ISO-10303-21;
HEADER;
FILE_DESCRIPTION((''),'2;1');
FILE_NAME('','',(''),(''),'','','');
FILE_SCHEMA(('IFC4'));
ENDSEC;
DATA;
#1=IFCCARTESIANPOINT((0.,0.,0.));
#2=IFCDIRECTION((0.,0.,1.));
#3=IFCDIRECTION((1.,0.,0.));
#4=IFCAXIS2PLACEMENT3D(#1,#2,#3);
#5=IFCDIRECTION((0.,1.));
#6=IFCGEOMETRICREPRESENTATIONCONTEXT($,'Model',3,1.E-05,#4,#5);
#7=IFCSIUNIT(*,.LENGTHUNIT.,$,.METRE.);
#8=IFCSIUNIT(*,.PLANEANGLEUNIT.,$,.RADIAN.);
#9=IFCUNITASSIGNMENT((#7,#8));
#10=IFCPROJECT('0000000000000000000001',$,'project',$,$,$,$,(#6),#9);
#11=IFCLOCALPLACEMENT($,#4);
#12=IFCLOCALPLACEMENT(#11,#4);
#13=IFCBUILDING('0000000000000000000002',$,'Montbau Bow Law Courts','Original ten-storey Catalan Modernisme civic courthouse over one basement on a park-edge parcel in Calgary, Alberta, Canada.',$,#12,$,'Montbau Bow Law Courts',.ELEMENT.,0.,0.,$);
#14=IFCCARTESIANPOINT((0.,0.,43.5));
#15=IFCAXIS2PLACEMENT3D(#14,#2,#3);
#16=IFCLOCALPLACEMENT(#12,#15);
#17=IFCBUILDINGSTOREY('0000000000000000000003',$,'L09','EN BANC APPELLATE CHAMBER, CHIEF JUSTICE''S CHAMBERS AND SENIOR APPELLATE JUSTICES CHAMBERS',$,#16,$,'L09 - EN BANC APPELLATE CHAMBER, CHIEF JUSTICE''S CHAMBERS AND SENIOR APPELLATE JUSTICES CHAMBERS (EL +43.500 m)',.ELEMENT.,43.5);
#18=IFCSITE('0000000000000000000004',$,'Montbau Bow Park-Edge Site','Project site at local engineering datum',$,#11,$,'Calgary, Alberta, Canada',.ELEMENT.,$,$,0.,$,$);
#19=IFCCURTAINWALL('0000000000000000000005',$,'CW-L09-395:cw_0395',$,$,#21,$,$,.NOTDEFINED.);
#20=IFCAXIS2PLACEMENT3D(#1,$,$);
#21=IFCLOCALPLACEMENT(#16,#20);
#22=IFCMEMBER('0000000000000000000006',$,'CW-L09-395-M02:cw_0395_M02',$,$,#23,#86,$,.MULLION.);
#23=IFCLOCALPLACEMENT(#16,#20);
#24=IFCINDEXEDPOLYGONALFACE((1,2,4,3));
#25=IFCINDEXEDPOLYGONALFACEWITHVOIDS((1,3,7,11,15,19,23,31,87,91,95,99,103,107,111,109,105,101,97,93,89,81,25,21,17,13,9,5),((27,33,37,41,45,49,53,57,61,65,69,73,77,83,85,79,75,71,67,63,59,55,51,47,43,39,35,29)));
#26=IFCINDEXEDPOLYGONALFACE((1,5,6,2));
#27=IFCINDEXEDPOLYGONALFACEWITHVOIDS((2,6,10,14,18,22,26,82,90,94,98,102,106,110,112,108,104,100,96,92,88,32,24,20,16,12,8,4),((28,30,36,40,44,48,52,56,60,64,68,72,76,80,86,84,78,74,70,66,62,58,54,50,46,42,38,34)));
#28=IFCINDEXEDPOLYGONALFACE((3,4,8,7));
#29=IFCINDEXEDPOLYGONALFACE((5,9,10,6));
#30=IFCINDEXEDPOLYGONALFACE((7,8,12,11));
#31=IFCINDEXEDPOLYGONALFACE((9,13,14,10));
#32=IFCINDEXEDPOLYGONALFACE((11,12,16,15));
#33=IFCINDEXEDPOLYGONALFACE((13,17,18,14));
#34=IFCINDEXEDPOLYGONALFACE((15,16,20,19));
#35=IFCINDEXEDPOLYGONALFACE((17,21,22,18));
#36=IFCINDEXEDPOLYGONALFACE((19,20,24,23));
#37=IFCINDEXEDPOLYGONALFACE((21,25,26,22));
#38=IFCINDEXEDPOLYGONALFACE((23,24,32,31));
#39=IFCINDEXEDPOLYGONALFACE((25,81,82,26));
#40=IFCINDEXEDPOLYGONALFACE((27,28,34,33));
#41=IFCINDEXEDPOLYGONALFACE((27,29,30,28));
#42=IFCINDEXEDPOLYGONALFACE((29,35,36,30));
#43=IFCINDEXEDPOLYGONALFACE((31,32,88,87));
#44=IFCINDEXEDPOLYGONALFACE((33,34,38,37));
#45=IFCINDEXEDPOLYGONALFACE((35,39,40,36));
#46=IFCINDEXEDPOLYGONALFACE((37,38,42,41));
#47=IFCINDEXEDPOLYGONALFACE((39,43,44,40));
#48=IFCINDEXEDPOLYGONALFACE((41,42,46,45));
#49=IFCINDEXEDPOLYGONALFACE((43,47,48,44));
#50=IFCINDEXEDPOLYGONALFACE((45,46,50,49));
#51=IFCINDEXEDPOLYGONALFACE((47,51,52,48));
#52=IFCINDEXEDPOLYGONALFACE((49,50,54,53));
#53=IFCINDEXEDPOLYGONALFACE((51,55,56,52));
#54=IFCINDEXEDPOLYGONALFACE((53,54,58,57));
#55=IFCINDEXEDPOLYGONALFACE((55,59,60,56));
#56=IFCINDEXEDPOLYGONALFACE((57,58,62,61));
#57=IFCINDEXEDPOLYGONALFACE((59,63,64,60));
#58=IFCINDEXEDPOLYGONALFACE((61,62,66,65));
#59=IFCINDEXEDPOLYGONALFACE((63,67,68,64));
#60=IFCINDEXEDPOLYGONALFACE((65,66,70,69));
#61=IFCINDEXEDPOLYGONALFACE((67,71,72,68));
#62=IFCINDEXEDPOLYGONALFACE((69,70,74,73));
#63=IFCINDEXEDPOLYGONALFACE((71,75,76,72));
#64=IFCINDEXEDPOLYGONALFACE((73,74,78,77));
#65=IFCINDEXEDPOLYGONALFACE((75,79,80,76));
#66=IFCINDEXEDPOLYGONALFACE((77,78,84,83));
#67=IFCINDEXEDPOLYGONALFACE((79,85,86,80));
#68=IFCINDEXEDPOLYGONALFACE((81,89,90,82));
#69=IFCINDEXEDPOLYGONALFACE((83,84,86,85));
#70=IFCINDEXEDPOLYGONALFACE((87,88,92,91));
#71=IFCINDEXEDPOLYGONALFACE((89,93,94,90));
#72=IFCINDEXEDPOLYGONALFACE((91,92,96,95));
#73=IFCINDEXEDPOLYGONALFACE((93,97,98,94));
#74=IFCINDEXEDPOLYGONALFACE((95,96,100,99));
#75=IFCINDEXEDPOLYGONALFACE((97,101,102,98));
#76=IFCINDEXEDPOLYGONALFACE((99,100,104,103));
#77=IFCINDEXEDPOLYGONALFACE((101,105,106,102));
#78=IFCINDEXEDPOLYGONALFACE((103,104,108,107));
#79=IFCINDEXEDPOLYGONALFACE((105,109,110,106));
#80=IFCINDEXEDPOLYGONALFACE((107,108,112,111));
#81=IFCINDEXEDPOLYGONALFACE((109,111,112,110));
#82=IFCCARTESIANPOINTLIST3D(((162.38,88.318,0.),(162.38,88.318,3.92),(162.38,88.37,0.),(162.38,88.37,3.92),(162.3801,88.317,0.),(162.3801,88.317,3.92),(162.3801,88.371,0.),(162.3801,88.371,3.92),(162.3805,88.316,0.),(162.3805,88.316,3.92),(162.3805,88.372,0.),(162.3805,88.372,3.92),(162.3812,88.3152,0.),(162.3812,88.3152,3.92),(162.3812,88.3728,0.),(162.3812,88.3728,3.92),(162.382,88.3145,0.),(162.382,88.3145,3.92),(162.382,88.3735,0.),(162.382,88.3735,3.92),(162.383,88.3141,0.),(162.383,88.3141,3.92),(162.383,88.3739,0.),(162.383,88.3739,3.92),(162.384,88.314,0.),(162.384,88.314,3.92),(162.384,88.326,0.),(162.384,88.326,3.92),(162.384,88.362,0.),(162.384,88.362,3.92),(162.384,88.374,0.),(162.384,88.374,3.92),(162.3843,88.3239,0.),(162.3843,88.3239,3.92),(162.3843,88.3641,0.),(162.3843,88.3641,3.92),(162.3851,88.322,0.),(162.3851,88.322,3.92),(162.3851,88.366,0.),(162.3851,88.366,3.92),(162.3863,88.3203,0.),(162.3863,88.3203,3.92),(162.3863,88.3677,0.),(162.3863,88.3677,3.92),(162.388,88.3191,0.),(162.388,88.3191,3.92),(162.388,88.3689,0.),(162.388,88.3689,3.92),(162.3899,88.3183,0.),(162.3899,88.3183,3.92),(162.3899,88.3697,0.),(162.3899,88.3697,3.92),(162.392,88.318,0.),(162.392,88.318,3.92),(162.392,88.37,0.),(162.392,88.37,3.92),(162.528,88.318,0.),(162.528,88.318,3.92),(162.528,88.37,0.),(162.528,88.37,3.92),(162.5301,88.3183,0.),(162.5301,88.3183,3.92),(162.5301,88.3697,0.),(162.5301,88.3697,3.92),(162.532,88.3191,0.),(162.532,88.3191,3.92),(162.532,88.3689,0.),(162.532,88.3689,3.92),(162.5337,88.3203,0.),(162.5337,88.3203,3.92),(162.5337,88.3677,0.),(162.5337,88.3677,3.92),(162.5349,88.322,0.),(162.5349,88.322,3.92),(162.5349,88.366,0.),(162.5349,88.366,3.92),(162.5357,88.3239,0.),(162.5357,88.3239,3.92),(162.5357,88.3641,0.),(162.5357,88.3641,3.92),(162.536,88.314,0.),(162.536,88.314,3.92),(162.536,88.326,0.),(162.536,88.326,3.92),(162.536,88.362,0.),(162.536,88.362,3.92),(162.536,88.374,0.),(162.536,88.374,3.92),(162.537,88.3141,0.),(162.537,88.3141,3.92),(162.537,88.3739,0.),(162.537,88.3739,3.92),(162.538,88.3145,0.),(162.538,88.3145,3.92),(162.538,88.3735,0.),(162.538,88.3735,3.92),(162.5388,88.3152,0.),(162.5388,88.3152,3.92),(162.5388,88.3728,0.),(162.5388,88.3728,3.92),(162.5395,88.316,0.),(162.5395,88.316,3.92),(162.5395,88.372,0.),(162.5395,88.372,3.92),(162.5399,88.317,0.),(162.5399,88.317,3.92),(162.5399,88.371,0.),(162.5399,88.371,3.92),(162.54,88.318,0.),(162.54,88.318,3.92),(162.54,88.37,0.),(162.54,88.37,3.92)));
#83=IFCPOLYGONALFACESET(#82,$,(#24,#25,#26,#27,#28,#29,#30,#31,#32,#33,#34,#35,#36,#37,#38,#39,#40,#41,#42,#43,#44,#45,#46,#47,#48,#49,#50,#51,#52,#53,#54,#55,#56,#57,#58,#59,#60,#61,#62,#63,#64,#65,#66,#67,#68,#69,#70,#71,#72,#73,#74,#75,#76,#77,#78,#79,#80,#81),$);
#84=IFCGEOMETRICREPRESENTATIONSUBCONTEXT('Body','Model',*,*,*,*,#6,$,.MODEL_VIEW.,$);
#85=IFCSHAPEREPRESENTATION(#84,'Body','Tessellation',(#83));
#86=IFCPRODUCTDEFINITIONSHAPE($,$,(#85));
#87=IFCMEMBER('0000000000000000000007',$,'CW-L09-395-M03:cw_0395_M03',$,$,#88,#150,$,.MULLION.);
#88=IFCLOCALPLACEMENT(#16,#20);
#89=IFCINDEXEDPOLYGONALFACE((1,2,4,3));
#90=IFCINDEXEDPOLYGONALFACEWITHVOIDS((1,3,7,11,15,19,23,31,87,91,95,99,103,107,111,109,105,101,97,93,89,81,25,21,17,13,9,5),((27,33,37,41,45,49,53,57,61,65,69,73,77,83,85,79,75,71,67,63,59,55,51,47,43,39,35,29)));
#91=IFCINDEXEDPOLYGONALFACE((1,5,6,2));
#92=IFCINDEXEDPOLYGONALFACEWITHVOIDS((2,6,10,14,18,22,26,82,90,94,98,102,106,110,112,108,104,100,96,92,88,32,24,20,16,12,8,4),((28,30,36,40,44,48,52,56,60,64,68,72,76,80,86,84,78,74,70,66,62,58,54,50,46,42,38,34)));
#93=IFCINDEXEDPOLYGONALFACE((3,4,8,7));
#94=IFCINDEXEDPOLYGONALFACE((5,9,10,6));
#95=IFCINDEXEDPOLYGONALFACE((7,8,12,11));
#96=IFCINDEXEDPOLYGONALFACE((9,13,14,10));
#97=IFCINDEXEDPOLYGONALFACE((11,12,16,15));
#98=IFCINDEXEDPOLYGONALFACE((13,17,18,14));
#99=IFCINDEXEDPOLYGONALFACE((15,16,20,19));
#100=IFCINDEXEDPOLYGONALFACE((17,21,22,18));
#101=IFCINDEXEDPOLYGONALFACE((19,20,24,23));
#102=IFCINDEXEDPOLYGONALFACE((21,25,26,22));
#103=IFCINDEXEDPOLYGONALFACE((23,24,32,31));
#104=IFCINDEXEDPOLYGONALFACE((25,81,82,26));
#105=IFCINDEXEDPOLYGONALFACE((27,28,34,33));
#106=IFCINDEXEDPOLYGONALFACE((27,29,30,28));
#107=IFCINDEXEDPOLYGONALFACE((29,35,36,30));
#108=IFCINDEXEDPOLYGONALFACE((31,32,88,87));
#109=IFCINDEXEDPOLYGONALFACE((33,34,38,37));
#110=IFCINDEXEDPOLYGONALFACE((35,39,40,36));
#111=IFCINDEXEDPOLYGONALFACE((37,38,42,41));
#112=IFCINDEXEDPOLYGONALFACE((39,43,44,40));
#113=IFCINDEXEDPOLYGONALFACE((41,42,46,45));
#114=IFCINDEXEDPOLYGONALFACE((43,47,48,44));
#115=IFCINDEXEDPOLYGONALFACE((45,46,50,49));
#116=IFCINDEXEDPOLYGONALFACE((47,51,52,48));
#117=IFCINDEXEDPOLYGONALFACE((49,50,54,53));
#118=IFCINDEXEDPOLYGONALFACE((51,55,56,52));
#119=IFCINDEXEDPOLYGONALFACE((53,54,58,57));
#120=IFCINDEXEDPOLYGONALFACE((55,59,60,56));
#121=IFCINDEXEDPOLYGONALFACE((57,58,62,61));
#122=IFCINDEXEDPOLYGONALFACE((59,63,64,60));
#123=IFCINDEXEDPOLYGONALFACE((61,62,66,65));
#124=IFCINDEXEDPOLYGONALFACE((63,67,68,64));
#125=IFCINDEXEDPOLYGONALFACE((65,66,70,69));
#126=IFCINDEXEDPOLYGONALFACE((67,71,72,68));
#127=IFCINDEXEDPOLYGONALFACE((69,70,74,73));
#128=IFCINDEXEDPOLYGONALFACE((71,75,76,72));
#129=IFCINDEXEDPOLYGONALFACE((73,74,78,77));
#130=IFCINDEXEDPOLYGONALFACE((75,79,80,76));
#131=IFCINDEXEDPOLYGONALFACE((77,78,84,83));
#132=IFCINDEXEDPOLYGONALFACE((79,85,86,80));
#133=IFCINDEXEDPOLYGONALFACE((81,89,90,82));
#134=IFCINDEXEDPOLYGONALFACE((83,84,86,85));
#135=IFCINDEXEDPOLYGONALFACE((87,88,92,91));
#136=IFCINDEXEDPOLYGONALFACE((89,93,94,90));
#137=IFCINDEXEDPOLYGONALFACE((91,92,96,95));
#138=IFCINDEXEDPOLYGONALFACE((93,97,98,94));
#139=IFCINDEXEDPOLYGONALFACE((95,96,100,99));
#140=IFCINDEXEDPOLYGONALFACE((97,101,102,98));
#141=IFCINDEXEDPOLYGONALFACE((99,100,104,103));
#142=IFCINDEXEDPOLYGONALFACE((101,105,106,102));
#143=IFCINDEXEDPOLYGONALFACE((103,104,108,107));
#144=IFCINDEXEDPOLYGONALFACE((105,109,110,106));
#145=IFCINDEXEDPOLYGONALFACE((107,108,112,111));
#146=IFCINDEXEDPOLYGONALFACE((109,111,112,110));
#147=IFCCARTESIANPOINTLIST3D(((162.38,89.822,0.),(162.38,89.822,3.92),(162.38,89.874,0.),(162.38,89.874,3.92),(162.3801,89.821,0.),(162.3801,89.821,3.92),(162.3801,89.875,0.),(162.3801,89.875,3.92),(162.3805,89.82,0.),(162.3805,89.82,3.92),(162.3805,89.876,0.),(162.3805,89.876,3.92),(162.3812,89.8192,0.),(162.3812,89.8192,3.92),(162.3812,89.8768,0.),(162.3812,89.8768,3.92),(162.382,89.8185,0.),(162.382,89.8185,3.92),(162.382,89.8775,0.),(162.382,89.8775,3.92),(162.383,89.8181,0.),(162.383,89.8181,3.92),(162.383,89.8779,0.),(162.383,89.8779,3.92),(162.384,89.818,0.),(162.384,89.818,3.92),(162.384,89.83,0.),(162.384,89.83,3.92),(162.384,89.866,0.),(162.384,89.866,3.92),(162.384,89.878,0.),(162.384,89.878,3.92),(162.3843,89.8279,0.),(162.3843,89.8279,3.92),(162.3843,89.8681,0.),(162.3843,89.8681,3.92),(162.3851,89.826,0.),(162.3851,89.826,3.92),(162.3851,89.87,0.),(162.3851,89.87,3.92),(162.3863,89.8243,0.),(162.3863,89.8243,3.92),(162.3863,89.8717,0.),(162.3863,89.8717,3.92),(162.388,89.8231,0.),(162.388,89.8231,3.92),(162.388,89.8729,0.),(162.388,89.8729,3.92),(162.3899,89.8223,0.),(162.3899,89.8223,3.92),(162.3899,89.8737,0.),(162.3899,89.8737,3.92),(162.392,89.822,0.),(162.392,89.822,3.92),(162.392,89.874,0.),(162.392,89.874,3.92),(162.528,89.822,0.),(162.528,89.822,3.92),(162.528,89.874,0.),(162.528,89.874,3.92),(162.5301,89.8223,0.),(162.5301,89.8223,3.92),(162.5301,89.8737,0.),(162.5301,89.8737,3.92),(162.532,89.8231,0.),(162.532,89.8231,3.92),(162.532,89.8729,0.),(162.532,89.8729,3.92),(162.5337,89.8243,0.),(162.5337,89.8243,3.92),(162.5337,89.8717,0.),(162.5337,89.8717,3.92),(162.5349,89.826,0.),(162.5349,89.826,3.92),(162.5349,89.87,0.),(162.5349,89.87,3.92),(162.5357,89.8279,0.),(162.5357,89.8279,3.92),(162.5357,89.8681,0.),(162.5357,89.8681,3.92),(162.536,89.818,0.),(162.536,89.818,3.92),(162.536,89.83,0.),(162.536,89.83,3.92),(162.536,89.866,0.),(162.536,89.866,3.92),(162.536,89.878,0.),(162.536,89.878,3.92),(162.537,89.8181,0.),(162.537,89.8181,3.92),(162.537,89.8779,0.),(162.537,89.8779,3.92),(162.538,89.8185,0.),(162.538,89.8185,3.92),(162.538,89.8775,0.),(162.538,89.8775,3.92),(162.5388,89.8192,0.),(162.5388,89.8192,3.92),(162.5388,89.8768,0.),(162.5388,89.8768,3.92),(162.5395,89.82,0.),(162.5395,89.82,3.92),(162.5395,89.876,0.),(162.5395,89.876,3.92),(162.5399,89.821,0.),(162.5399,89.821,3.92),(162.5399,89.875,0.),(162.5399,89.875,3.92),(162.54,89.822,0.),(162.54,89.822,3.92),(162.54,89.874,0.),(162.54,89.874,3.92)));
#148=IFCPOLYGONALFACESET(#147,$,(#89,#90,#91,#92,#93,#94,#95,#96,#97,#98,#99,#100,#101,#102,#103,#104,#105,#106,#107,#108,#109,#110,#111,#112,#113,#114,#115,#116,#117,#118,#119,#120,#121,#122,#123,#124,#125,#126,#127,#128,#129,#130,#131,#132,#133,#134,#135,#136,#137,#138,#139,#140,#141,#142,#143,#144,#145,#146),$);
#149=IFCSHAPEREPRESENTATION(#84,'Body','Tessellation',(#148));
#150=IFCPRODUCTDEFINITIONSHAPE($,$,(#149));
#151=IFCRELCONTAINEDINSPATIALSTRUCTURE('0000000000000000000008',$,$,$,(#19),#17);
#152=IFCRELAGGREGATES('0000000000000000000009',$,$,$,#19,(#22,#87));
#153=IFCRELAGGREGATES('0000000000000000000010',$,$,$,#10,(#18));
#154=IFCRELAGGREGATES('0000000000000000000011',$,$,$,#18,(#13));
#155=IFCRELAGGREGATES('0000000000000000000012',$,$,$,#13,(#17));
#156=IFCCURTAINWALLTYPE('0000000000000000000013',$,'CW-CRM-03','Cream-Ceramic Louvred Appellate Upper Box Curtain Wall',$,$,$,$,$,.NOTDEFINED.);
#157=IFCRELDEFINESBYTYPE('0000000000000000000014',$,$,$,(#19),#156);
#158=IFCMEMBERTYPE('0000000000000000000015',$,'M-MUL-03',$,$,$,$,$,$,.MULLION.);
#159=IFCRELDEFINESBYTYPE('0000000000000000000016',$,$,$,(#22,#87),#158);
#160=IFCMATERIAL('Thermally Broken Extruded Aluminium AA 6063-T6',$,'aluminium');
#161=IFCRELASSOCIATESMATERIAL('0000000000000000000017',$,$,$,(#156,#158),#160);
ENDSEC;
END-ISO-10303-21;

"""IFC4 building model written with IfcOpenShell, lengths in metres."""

from ifc_helpers import new_model, si_unit, direction, frame, origin_with_axes, origin_2d_with_axis, place, context, subcontext, project, spatial, hollow_rectangle, extrude, material, material_profile, profile_set, type_object, element, aggregate, save


model = new_model("IFC4")

# Units and contexts
model_context = context("Model", 3, precision=1e-05, world=origin_with_axes(), true_north=direction((0.0, 1.0)))
body_context = subcontext(model_context, "Body", "Model", "MODEL_VIEW")
ifc_project = project(units=[si_unit("LENGTHUNIT", "METRE"), si_unit("PLANEANGLEUNIT", "RADIAN")], contexts=[model_context])

# Site, building, storey
site_placement = place(None, origin_with_axes())
site = spatial("IfcSite", under=ifc_project, at=site_placement, Name="Montbau Bow Park-Edge Site", Description="Project site at local engineering datum", LongName="Calgary, Alberta, Canada", CompositionType="ELEMENT", RefElevation=0.0)
building_placement = place(site_placement, origin_with_axes())
building = spatial("IfcBuilding", under=site, at=building_placement, Name="Montbau Bow Law Courts", Description="Original ten-storey Catalan Modernisme civic courthouse over one basement on a park-edge parcel in Calgary, Alberta, Canada.", LongName="Montbau Bow Law Courts", CompositionType="ELEMENT", ElevationOfRefHeight=0.0, ElevationOfTerrain=0.0)
storey_placement = place(building_placement, frame((0.0, 0.0, 43.5), z_axis=(0.0, 0.0, 1.0), x_axis=(1.0, 0.0, 0.0)))
storey = spatial("IfcBuildingStorey", under=building, at=storey_placement, Name="L09", Description="EN BANC APPELLATE CHAMBER, CHIEF JUSTICE'S CHAMBERS AND SENIOR APPELLATE JUSTICES CHAMBERS", LongName="L09 - EN BANC APPELLATE CHAMBER, CHIEF JUSTICE'S CHAMBERS AND SENIOR APPELLATE JUSTICES CHAMBERS (EL +43.500 m)", CompositionType="ELEMENT", Elevation=43.5)

# Curtain wall, members
ifc_material_1 = material(Name="Thermally Broken Extruded Aluminium AA 6063-T6", Category="aluminium")
curtain_wall_type = type_object("IfcCurtainWallType", Name="CW-CRM-03", Description="Cream-Ceramic Louvred Appellate Upper Box Curtain Wall", PredefinedType="NOTDEFINED", material=ifc_material_1)
curtain_wall_placement = place(None, frame((162.46, 86.84, 43.5), z_axis=(0.0, 0.0, 1.0), x_axis=(1.0, 0.0, 0.0)))
curtain_wall = element("IfcCurtainWall", 1, at=curtain_wall_placement, inside=storey, type_object=curtain_wall_type, Name="CW-L09-395:cw_0395", PredefinedType="NOTDEFINED")
ifc_material_profile_1 = material_profile(ifc_material_1, hollow_rectangle(XDim=0.06, YDim=0.16, WallThickness=0.004, InnerFilletRadius=0.008, OuterFilletRadius=0.004, at=origin_2d_with_axis()), Name="CWM-160X60", Category="Main", Priority=0)
ifc_profile_set_1 = profile_set([ifc_material_profile_1], Name="Thermally Broken Extruded Aluminium AA 6063-T6")
member_type_1 = type_object("IfcMemberType", Name="M-MUL-03", PredefinedType="MULLION", material=ifc_profile_set_1)
member_1_placement = place(None, frame((162.46, 88.344, 43.5), z_axis=(0.0, 0.0, 1.0), x_axis=(0.0, 1.0, 0.0)))
member_1 = element("IfcMember", 2, at=member_1_placement, type_object=member_type_1, Name="CW-L09-395-M02:cw_0395_M02", PredefinedType="MULLION", context=body_context, shape_type="SweptSolid", body=[
    extrude(hollow_rectangle(XDim=0.06, YDim=0.16, WallThickness=0.004, InnerFilletRadius=0.008, OuterFilletRadius=0.004, at=origin_2d_with_axis()), origin_with_axes(), (0.0, 0.0, 1.0), 3.92),
])
member_2_placement = place(None, frame((162.46, 89.848, 43.5), z_axis=(0.0, 0.0, 1.0), x_axis=(0.0, 1.0, 0.0)))
member_2 = element("IfcMember", 3, at=member_2_placement, type_object=member_type_1, Name="CW-L09-395-M03:cw_0395_M03", PredefinedType="MULLION", context=body_context, shape_type="SweptSolid", body=[
    extrude(hollow_rectangle(XDim=0.06, YDim=0.16, WallThickness=0.004, InnerFilletRadius=0.008, OuterFilletRadius=0.004, at=origin_2d_with_axis()), origin_with_axes(), (0.0, 0.0, 1.0), 3.92),
])
aggregate(curtain_wall, [member_1, member_2])

save(model, "model.ifc")
